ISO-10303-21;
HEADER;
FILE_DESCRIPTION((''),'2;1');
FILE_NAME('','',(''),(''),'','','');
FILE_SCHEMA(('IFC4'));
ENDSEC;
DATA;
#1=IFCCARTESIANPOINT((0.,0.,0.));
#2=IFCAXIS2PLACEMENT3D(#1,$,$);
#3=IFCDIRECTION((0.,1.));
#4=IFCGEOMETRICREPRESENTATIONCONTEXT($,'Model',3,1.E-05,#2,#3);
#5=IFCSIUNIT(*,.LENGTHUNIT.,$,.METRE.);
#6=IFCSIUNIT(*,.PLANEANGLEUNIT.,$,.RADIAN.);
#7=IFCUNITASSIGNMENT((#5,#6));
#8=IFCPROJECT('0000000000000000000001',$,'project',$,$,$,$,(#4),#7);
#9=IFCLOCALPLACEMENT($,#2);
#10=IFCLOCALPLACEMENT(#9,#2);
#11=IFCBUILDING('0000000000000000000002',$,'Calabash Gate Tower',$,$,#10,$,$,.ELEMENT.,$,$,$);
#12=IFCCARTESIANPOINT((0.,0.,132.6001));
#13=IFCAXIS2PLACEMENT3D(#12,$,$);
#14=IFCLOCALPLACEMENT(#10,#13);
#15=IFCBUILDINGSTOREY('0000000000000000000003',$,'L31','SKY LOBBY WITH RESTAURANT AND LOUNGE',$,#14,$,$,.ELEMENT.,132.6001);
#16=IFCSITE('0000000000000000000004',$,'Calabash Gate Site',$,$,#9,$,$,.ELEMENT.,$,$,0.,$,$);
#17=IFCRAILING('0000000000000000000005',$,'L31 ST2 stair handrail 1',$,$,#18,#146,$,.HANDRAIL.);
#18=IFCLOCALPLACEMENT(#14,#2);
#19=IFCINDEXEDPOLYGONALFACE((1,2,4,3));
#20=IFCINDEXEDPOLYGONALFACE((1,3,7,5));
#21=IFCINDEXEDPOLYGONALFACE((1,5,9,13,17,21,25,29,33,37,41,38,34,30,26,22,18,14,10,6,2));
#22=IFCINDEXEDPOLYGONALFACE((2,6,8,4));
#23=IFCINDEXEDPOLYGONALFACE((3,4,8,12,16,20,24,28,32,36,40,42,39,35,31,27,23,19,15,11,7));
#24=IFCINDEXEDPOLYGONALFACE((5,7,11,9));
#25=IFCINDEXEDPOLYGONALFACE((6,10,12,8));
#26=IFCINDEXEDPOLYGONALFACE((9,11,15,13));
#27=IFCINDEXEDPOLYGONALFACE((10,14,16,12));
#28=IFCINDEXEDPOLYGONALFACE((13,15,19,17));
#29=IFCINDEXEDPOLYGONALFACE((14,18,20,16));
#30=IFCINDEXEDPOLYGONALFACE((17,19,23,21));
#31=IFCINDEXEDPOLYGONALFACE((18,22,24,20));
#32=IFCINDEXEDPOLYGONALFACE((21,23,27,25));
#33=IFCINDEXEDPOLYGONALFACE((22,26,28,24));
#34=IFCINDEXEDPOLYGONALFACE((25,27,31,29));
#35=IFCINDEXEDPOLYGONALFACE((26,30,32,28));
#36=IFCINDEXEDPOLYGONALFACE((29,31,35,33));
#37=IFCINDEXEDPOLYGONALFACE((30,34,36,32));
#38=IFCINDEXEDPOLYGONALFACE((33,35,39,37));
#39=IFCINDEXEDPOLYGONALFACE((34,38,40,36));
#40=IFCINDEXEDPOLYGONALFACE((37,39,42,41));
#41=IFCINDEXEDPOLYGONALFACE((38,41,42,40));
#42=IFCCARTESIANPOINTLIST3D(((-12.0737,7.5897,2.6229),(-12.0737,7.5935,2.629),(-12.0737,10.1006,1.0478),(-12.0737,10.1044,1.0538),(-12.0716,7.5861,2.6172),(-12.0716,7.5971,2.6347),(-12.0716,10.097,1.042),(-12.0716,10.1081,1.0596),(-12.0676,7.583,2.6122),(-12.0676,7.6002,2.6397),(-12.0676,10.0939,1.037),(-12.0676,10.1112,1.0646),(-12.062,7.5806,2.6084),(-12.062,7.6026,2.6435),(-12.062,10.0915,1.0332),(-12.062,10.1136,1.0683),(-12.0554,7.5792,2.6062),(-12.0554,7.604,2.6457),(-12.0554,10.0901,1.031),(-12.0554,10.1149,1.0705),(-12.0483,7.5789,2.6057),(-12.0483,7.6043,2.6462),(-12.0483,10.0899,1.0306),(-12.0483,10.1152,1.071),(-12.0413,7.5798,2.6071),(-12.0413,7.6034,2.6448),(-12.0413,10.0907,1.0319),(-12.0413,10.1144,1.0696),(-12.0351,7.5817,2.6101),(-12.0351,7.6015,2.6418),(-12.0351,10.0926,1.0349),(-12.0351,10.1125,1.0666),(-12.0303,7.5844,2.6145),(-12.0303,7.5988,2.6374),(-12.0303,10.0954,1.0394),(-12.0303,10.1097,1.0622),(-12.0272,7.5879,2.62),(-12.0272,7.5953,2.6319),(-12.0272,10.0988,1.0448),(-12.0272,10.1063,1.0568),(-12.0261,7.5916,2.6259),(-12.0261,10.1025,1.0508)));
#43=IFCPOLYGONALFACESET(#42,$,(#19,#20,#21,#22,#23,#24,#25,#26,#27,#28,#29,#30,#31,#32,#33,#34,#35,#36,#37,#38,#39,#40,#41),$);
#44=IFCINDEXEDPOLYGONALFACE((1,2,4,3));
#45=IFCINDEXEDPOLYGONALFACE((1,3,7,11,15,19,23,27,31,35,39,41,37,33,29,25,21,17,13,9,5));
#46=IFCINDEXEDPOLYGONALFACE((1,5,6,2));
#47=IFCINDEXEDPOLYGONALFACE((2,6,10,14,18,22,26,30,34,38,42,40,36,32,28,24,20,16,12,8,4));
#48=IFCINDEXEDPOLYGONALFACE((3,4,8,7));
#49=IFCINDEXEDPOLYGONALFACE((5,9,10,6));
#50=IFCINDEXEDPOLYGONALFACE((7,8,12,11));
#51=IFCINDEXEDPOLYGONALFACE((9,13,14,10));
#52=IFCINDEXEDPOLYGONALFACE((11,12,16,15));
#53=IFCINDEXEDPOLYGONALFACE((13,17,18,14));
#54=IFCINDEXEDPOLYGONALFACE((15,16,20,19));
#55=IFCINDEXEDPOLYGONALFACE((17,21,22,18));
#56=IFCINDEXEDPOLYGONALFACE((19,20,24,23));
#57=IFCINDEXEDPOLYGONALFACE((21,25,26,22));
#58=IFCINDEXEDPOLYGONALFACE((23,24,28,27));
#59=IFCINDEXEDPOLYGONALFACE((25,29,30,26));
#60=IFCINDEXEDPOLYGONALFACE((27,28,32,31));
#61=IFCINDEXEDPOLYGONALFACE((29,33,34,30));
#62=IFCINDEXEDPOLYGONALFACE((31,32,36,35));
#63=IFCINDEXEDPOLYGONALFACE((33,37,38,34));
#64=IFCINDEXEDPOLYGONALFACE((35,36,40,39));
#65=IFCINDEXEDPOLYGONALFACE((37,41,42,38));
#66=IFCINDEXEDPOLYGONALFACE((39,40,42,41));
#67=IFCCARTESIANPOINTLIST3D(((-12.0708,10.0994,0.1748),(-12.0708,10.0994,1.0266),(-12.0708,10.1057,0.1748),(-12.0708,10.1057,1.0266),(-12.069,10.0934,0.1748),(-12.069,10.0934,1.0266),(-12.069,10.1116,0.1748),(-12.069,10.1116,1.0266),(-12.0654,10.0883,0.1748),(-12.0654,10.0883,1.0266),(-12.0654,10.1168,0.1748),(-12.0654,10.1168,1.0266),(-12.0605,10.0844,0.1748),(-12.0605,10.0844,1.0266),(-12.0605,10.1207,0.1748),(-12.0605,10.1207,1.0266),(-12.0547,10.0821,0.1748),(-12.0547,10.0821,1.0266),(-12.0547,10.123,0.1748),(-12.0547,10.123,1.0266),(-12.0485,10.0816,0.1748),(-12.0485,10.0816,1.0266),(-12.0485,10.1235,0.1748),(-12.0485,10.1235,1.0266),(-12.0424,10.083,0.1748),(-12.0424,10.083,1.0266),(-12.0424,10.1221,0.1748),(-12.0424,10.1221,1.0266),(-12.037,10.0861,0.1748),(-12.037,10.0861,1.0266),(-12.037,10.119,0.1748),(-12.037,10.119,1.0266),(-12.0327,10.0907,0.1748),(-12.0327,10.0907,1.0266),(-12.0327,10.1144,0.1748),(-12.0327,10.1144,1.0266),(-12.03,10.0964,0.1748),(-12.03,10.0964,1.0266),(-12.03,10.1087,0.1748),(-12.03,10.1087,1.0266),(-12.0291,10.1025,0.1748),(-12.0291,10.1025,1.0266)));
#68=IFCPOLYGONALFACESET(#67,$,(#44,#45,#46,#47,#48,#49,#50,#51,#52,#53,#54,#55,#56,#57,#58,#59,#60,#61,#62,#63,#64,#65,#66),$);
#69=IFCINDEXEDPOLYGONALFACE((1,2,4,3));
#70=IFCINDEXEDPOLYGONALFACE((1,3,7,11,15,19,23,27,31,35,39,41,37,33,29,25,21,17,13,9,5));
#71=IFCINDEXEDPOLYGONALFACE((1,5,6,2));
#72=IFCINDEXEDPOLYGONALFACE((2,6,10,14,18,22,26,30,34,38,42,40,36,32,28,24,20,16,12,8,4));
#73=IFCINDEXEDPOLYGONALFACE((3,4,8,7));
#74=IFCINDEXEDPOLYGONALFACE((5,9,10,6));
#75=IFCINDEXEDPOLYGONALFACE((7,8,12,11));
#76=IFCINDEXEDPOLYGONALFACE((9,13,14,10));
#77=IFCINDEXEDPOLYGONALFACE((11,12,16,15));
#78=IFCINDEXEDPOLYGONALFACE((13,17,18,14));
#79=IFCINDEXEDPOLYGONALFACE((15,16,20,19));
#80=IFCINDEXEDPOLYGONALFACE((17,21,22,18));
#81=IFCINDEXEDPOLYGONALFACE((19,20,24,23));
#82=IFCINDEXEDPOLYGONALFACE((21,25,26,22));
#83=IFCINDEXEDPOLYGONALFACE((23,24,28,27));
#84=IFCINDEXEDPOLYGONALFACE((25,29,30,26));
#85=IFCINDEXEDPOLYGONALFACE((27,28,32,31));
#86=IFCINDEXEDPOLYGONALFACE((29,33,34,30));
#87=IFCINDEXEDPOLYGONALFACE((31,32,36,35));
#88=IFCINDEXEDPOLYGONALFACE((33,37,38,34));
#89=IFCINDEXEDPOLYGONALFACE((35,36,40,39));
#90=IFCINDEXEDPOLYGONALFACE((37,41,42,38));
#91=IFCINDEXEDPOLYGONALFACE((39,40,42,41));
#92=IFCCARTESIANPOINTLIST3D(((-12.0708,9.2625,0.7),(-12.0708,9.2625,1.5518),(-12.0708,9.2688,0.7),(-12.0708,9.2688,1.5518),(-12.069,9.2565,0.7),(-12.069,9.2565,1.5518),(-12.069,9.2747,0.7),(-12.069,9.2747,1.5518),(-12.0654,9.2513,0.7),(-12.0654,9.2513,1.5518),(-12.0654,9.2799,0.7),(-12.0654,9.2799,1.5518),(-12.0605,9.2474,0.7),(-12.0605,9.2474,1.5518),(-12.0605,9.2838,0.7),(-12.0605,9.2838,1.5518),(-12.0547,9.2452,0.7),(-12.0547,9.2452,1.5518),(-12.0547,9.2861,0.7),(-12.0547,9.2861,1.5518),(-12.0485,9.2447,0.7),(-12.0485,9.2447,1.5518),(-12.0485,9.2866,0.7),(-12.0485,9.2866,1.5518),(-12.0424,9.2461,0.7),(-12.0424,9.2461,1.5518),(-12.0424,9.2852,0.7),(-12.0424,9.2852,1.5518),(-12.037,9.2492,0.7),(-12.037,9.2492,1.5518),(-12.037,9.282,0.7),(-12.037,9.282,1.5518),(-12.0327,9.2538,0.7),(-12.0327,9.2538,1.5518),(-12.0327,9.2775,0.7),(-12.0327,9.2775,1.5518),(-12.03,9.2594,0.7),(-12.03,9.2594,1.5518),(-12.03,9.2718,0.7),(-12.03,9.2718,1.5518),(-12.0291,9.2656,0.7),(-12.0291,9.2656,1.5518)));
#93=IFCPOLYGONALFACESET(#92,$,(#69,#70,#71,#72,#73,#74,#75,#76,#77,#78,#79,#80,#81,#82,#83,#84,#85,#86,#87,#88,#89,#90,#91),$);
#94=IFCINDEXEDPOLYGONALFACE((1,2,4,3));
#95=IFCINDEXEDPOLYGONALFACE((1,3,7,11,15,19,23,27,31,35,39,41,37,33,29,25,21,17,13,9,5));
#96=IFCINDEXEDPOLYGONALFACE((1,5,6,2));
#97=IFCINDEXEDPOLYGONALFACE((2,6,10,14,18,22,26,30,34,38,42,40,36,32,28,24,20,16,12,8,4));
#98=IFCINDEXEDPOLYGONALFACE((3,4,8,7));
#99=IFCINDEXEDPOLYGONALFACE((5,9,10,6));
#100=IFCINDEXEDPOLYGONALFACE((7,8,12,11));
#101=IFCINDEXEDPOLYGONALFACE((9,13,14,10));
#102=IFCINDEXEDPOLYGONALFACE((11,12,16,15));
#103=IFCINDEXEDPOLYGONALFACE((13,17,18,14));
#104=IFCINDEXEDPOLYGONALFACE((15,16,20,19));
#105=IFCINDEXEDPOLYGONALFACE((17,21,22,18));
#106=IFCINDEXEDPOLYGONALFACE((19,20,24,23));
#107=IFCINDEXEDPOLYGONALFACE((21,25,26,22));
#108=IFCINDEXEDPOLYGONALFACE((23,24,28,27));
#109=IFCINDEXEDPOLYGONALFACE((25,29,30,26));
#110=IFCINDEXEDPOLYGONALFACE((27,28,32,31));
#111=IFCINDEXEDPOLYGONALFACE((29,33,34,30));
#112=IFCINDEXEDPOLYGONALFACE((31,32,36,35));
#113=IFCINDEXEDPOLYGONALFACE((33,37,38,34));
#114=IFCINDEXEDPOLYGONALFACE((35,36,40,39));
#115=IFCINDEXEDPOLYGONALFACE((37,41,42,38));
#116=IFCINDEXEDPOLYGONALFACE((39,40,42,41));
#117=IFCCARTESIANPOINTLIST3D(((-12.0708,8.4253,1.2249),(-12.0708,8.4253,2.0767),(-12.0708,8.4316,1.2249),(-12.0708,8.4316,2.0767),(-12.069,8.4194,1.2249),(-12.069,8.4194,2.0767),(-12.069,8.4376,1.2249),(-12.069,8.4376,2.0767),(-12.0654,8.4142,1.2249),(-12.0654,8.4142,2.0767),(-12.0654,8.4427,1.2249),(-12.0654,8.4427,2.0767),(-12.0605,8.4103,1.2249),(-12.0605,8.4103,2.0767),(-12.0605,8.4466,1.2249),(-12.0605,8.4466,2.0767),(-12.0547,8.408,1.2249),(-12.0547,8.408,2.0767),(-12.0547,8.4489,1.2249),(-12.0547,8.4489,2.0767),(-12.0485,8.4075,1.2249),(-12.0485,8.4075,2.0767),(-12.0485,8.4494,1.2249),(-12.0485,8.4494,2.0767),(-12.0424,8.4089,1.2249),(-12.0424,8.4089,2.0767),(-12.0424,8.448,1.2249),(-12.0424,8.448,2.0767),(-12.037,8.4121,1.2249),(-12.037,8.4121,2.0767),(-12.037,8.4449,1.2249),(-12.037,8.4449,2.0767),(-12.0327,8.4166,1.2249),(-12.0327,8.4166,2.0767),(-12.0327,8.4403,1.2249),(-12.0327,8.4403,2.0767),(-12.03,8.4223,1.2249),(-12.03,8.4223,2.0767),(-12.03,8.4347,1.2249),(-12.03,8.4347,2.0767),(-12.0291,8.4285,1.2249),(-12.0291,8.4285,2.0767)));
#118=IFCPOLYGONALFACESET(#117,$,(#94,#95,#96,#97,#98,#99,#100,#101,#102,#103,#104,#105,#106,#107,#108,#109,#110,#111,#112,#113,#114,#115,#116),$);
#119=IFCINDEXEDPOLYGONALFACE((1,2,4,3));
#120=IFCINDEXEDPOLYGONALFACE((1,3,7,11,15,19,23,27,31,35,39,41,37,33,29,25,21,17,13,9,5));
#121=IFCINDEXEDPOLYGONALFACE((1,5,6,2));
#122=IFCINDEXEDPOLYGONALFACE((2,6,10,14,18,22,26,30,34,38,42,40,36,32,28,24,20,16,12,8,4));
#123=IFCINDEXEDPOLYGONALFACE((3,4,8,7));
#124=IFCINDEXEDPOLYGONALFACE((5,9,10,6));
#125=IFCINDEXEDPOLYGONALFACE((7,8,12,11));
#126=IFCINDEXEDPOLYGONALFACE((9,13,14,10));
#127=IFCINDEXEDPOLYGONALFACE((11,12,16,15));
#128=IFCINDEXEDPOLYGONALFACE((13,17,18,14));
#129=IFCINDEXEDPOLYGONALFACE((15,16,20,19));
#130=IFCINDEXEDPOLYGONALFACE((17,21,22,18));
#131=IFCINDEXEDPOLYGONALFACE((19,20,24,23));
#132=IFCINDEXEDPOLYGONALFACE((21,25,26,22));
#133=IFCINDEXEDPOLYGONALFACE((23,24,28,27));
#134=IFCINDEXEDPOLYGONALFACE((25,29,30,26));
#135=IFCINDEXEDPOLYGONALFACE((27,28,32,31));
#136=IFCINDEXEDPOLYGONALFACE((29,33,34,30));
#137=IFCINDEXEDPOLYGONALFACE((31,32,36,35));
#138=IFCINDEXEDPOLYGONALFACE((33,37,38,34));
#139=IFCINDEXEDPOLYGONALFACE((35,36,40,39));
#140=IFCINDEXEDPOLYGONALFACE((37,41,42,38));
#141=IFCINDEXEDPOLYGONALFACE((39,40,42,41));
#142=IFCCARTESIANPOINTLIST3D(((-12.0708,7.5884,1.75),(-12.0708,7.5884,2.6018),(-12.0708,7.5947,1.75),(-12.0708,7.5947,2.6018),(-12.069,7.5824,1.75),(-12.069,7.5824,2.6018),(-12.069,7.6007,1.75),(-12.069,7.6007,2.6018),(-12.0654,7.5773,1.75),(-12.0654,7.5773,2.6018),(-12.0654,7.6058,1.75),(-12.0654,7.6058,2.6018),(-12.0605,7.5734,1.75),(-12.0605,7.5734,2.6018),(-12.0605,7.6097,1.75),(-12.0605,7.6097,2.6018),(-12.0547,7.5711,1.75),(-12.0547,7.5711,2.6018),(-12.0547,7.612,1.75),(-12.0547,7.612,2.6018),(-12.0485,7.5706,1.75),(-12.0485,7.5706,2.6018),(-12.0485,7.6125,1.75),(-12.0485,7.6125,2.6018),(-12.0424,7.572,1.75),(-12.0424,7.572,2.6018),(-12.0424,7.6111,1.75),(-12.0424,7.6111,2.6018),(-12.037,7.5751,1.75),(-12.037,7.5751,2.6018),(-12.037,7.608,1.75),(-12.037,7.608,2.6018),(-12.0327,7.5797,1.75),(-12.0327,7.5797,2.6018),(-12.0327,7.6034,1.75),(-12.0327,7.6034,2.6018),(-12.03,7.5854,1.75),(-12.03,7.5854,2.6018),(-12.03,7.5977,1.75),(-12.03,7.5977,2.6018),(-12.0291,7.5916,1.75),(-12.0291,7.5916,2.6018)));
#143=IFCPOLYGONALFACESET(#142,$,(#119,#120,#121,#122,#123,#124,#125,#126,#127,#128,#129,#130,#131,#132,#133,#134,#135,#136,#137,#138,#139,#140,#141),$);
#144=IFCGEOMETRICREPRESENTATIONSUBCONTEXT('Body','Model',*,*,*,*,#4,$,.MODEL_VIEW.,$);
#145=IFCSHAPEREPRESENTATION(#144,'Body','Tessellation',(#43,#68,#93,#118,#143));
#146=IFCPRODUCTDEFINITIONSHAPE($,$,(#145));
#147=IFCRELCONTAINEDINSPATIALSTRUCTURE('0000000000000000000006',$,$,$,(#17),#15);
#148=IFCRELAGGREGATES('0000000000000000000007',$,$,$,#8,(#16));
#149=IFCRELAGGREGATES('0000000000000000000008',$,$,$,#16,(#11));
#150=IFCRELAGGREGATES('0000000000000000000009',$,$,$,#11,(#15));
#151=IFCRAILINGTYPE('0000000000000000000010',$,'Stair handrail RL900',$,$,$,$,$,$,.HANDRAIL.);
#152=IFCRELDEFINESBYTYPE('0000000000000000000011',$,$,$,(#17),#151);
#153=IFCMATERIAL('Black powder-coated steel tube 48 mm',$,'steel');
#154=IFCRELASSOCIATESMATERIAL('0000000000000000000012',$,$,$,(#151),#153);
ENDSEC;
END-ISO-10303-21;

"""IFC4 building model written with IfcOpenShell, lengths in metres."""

from ifc_helpers import new_model, si_unit, direction, frame, origin, origin_2d, place, context, subcontext, project, spatial, circle, extrude, material, type_object, element, save


model = new_model("IFC4")

# Units and contexts
model_context = context("Model", 3, precision=1e-05, world=origin(), true_north=direction((0.0, 1.0)))
body_context = subcontext(model_context, "Body", "Model", "MODEL_VIEW")
ifc_project = project(units=[si_unit("LENGTHUNIT", "METRE"), si_unit("PLANEANGLEUNIT", "RADIAN")], contexts=[model_context])

# Site, building, storey
site_placement = place(None, origin())
site = spatial("IfcSite", under=ifc_project, at=site_placement, Name="Calabash Gate Site", CompositionType="ELEMENT", RefElevation=0.0)
building_placement = place(site_placement, origin())
building = spatial("IfcBuilding", under=site, at=building_placement, Name="Calabash Gate Tower", CompositionType="ELEMENT")
storey_placement = place(building_placement, frame((0.0, 0.0, 132.6001)))
storey = spatial("IfcBuildingStorey", under=building, at=storey_placement, Name="L31", Description="SKY LOBBY WITH RESTAURANT AND LOUNGE", CompositionType="ELEMENT", Elevation=132.6001)

# Railing
ifc_material_1 = material(Name="Black powder-coated steel tube 48 mm", Category="steel")
railing_type_1 = type_object("IfcRailingType", Name="Stair handrail RL900", PredefinedType="HANDRAIL", material=ifc_material_1)
for number, where, name in (
    (1, (-12.05, 10.1025, 0.1748), "L31 ST2 stair handrail 1"),
):
    element("IfcRailing", number, at=place(storey_placement, frame(where)), inside=storey, type_object=railing_type_1, Name=name, PredefinedType="HANDRAIL", context=body_context, shape_type="SweptSolid", body=[
        extrude(circle(Radius=0.0239, at=origin_2d()), frame((0.0, 0.0, 0.876), z_axis=(0.0, -0.847113, 0.531412), x_axis=(1.0, 0.0, 0.0)), (0.0, 0.0, 1.0), 2.9641),
        extrude(circle(Radius=0.021, at=origin_2d()), origin(), (0.0, 0.0, 1.0), 0.8518),
        extrude(circle(Radius=0.021, at=origin_2d()), frame((0.0, -0.8369, 0.5251)), (0.0, 0.0, 1.0), 0.8518),
        extrude(circle(Radius=0.021, at=origin_2d()), frame((0.0, -1.6741, 1.05)), (0.0, 0.0, 1.0), 0.8518),
        extrude(circle(Radius=0.021, at=origin_2d()), frame((0.0, -2.511, 1.5752)), (0.0, 0.0, 1.0), 0.8518),
    ])

save(model, "model.ifc")
